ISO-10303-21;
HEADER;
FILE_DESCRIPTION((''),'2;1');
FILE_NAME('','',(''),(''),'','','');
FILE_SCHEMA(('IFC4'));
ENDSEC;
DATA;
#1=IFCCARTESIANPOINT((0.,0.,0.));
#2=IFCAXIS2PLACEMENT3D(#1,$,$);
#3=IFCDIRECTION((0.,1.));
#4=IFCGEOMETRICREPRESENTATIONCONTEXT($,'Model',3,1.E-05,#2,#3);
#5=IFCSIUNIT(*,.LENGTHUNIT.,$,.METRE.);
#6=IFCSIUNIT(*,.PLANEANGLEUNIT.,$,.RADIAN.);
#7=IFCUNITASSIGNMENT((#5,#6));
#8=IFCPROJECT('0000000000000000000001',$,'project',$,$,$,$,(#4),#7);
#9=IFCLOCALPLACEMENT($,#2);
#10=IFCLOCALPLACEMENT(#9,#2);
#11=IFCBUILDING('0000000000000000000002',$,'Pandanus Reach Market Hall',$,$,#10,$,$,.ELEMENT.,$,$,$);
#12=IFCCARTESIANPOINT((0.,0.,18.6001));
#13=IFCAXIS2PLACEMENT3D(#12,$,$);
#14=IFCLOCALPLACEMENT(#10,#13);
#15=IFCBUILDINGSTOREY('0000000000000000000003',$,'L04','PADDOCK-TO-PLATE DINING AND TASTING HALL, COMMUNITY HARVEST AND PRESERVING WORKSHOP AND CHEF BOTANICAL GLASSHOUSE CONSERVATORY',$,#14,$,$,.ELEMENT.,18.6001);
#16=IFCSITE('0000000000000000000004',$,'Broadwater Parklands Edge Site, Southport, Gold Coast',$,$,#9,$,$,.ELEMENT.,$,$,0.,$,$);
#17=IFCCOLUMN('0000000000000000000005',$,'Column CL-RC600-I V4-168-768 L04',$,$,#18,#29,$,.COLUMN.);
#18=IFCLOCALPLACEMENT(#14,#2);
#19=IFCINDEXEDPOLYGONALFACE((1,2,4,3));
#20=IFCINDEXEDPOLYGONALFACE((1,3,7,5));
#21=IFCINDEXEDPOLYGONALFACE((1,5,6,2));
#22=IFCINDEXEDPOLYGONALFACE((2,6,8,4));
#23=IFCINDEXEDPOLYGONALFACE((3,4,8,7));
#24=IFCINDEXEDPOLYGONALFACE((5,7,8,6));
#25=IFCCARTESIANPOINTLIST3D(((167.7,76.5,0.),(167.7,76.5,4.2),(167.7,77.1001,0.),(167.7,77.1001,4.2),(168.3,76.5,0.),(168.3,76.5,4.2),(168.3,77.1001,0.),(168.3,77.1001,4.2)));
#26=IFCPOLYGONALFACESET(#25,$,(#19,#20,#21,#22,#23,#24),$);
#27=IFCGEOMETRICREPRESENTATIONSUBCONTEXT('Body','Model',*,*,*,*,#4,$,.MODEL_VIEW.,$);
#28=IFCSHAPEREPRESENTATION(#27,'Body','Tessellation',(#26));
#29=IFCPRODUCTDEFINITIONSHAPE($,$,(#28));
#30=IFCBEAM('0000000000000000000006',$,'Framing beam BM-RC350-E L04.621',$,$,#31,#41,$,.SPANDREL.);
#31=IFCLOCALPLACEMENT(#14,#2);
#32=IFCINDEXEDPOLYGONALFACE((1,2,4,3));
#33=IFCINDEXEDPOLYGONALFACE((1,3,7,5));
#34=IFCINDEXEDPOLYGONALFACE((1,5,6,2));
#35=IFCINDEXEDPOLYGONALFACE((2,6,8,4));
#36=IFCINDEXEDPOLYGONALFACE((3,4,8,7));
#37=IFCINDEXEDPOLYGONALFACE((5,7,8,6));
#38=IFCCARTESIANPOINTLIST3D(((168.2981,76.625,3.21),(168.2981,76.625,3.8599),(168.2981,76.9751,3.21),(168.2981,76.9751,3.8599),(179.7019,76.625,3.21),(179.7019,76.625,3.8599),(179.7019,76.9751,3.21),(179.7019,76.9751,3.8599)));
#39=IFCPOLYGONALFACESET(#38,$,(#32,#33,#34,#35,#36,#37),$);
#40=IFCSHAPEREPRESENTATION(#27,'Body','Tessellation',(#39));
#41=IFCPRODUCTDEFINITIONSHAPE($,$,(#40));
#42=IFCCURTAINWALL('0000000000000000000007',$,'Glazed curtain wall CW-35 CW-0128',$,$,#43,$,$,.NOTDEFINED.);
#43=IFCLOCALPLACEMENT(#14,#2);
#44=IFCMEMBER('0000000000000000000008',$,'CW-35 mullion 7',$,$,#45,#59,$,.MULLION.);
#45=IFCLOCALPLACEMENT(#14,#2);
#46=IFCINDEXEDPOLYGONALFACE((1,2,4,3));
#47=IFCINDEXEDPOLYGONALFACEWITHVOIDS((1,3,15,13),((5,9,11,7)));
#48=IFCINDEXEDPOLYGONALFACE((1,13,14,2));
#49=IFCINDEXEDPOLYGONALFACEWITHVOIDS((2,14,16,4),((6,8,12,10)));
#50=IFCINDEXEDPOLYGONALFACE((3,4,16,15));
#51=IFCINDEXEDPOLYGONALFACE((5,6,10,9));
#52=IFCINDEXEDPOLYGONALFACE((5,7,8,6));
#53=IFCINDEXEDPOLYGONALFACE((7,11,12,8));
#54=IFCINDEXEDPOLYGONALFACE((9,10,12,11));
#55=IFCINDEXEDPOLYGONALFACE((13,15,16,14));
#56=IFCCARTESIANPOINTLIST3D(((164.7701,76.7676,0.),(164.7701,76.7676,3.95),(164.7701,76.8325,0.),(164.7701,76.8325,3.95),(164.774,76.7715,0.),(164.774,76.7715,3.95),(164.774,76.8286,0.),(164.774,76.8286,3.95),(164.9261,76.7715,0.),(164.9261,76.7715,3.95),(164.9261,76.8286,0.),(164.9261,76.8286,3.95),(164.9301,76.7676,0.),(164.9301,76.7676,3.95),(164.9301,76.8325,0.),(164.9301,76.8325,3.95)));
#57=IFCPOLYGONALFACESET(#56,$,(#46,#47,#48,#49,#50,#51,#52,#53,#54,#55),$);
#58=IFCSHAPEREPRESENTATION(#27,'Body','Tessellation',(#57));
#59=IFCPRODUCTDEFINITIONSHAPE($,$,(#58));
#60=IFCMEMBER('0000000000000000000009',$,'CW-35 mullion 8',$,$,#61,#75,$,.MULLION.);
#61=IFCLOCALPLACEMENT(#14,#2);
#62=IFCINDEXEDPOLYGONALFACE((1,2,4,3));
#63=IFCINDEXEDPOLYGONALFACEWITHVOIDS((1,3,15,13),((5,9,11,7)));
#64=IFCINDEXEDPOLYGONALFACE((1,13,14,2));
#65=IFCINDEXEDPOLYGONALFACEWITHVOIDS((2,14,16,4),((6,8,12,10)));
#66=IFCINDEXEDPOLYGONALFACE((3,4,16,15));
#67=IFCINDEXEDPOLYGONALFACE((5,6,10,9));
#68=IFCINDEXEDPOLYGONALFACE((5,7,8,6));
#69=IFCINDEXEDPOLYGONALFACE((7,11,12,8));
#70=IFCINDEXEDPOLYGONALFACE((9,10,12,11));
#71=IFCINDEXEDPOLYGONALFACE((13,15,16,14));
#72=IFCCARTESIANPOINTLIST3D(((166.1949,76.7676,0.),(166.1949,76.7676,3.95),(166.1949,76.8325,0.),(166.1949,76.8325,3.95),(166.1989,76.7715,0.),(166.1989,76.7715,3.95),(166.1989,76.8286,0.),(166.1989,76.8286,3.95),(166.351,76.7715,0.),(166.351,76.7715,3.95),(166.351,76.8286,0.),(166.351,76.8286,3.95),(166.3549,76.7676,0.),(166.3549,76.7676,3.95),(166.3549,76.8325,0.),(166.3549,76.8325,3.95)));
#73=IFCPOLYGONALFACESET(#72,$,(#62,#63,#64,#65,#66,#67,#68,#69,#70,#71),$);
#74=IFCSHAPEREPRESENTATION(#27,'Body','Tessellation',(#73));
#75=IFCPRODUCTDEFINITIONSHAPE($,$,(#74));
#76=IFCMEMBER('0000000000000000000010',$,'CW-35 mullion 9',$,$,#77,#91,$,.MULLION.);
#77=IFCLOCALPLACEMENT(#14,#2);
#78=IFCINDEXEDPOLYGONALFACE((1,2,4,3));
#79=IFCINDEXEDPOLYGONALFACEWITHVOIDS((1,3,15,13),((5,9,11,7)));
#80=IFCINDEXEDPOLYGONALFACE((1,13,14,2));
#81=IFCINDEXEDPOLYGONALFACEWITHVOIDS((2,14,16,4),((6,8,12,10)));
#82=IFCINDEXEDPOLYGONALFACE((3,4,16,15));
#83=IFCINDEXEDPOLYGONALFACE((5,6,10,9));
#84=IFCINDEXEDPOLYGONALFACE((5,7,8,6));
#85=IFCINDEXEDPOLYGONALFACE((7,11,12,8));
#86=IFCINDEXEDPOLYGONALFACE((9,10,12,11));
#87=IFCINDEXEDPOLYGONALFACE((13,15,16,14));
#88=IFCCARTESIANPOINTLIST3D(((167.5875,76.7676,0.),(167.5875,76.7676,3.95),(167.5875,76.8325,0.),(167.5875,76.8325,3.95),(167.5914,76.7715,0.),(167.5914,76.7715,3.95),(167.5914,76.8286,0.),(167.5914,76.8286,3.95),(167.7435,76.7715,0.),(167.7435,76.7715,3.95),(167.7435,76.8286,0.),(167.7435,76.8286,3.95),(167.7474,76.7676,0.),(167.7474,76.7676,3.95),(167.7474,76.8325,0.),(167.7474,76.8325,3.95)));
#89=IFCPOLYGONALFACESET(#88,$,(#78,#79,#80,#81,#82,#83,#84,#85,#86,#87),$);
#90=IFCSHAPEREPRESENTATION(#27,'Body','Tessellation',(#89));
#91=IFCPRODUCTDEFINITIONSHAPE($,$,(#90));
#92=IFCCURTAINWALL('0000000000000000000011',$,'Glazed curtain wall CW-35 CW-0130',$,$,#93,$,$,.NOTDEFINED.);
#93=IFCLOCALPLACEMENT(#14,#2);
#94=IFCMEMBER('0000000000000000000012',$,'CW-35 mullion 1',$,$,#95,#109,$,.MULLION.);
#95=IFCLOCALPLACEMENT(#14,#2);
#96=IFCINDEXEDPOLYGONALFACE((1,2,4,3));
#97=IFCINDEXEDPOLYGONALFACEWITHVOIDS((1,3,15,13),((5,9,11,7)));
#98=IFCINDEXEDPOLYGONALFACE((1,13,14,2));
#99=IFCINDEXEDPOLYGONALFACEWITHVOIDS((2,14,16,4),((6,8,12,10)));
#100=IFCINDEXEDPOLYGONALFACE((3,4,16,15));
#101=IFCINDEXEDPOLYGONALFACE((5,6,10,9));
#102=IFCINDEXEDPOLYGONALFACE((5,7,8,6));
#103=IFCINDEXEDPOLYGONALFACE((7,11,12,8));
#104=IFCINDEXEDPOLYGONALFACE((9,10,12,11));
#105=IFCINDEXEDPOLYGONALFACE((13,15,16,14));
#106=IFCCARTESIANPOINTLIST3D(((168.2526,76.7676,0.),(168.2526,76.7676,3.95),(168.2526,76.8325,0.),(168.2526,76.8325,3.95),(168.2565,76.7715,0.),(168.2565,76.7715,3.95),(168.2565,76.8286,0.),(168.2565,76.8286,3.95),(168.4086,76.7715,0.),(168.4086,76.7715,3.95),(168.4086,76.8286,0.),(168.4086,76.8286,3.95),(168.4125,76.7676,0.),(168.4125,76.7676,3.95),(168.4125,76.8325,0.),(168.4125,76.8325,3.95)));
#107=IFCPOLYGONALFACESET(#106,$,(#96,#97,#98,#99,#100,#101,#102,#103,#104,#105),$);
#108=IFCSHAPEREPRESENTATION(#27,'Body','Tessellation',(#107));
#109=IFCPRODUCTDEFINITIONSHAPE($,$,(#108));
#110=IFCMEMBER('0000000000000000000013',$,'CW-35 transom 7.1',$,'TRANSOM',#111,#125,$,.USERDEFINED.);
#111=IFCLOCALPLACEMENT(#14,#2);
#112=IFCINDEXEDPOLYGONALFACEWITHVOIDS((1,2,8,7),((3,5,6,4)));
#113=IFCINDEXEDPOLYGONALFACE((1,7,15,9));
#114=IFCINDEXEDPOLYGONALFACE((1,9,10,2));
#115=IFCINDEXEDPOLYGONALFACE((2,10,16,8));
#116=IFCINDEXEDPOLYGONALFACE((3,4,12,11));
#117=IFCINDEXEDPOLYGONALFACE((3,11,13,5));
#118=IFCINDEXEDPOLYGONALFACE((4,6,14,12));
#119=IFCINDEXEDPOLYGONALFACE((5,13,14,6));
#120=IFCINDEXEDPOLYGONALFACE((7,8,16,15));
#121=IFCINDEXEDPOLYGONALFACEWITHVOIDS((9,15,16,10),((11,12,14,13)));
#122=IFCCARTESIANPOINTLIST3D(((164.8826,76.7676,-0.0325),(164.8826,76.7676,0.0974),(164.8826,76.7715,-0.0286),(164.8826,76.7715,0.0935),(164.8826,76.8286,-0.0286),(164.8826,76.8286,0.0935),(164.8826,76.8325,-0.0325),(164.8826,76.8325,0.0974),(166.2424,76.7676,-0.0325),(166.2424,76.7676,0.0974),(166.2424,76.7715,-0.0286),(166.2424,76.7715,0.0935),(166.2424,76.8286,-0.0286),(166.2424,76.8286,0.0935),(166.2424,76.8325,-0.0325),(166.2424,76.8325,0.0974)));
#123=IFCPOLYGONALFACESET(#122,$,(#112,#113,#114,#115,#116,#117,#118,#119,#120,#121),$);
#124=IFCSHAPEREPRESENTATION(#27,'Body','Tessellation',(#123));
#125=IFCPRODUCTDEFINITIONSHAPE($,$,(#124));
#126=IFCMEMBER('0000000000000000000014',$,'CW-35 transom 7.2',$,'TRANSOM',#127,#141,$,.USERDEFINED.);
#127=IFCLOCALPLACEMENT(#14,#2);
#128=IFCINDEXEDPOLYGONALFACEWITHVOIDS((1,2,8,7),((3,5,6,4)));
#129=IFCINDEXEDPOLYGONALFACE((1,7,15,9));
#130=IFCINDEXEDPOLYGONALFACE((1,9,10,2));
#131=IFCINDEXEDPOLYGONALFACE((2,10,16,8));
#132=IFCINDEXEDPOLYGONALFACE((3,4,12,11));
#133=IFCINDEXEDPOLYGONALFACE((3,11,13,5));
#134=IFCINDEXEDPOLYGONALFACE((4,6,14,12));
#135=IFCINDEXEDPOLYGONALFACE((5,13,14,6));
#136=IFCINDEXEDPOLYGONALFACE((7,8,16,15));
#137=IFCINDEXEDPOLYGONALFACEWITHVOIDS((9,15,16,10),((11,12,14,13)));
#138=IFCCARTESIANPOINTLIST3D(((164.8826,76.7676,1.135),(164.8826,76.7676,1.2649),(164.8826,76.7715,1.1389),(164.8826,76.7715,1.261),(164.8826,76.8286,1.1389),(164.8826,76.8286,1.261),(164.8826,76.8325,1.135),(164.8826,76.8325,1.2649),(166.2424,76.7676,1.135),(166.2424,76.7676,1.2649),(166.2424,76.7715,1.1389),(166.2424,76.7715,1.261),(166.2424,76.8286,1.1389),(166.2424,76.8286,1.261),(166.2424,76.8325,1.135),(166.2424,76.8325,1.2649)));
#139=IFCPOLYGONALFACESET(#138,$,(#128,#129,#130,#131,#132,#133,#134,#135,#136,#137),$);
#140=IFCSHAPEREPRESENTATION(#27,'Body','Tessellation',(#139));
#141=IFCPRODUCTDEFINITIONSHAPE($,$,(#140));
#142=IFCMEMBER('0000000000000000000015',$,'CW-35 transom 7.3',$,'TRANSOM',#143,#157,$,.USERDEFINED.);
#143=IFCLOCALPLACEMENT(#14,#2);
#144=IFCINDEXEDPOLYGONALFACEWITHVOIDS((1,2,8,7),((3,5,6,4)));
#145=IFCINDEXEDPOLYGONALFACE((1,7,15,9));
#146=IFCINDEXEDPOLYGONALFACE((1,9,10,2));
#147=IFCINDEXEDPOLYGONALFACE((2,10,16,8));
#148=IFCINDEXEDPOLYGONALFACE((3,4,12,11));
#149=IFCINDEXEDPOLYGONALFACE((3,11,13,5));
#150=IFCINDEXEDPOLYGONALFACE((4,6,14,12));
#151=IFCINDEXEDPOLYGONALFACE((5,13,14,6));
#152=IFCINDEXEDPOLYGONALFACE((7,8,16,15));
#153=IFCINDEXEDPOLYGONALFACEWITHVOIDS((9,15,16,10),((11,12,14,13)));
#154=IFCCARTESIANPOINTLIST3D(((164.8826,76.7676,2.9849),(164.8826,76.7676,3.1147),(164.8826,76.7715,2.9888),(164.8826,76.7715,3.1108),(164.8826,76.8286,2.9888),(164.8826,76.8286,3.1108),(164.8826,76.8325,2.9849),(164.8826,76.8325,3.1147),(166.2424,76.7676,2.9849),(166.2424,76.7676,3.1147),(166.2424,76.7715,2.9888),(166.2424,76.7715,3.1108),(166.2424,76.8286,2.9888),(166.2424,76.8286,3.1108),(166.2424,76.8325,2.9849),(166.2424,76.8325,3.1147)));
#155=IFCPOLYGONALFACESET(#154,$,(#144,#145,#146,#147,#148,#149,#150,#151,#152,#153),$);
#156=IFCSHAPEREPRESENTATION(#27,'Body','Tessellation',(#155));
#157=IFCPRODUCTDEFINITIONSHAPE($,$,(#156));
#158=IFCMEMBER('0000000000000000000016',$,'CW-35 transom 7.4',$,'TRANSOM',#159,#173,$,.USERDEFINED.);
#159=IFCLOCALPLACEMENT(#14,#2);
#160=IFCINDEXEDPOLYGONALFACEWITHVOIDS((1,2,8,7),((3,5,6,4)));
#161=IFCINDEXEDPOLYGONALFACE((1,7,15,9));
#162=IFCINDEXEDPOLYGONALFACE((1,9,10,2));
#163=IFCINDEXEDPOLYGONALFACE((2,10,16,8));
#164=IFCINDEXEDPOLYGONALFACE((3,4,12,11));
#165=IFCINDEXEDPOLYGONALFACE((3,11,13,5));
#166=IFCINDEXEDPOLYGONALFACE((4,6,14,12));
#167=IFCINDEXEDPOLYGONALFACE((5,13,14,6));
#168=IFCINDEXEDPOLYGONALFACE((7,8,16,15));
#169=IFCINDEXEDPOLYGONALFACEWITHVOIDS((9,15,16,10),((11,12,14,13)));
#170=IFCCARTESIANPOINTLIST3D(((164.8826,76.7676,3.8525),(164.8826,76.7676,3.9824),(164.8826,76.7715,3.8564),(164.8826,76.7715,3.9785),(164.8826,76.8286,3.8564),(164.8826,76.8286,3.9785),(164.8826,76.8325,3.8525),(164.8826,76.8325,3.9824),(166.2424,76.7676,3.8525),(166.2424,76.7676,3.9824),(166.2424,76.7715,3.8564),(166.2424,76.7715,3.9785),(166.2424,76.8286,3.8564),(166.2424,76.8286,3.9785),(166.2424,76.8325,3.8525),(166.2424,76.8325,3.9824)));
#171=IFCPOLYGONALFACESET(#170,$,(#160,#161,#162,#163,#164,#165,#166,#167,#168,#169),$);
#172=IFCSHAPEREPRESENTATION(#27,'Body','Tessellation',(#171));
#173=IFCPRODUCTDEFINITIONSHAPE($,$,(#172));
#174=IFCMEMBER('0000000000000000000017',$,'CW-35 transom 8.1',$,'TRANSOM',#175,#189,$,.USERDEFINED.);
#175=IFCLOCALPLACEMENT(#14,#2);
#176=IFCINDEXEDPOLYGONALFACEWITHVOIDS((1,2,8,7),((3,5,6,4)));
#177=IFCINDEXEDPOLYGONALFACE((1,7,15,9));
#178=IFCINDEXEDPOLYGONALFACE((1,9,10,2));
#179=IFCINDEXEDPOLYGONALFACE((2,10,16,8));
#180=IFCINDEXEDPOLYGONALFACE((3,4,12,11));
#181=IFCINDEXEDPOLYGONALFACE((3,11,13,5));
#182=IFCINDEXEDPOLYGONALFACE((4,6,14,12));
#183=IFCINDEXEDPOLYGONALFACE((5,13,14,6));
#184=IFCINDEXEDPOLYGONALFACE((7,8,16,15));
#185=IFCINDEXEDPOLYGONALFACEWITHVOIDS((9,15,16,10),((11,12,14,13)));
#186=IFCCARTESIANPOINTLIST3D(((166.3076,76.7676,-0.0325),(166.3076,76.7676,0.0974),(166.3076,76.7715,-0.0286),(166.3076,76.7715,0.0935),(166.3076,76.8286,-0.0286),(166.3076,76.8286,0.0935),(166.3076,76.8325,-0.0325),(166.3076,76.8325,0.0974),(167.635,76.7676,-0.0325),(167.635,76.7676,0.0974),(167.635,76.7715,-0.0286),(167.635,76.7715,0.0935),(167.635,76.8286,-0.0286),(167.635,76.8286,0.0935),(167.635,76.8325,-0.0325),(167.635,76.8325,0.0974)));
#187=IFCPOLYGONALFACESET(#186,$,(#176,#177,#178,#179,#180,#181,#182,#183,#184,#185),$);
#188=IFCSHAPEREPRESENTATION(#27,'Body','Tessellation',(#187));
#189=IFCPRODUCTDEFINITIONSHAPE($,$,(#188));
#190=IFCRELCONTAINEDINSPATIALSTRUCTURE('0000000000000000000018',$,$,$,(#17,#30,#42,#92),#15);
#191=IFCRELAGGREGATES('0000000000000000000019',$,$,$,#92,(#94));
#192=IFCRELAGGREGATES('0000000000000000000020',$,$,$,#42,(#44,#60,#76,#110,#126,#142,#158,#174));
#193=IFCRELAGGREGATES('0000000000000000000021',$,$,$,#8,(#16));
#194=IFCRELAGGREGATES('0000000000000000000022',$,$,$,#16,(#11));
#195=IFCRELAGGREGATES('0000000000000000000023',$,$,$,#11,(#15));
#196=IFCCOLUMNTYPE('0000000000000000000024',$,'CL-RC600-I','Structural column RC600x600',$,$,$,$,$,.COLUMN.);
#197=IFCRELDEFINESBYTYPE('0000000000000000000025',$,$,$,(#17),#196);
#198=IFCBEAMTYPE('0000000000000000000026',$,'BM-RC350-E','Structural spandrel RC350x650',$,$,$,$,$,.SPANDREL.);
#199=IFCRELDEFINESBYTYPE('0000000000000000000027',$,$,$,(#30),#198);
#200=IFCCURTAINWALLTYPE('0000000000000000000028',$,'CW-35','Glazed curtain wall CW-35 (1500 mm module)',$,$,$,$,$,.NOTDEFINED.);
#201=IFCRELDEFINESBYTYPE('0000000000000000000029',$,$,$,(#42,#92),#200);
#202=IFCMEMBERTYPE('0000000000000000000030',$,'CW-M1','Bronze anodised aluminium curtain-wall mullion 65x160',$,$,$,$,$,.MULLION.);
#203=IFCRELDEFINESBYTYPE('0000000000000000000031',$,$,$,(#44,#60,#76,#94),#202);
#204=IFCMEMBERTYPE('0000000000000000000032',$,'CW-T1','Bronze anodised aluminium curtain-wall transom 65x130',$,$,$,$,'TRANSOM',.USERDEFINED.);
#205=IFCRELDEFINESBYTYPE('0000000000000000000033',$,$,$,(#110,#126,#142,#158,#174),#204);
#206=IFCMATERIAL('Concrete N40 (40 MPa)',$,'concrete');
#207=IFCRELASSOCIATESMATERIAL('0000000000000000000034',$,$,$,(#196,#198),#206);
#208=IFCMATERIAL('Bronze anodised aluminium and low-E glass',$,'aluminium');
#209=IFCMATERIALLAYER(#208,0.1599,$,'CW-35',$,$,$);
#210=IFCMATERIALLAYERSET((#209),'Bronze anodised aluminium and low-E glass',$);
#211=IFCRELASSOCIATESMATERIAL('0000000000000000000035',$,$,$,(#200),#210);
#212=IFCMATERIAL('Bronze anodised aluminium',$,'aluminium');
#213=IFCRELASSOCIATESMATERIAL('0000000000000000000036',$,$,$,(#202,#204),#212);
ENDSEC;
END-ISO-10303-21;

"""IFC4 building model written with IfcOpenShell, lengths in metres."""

from ifc_helpers import new_model, si_unit, direction, frame, origin, origin_2d, place, context, subcontext, project, spatial, rectangle, hollow_rectangle, extrude, material, layer, layer_set, material_profile, profile_set, type_object, element, aggregate, save


model = new_model("IFC4")

# Units and contexts
model_context = context("Model", 3, precision=1e-05, world=origin(), true_north=direction((0.0, 1.0)))
body_context = subcontext(model_context, "Body", "Model", "MODEL_VIEW")
ifc_project = project(units=[si_unit("LENGTHUNIT", "METRE"), si_unit("PLANEANGLEUNIT", "RADIAN")], contexts=[model_context])

# Site, building, storey
site_placement = place(None, origin())
site = spatial("IfcSite", under=ifc_project, at=site_placement, Name="Broadwater Parklands Edge Site, Southport, Gold Coast", CompositionType="ELEMENT", RefElevation=0.0)
building_placement = place(site_placement, origin())
building = spatial("IfcBuilding", under=site, at=building_placement, Name="Pandanus Reach Market Hall", CompositionType="ELEMENT")
storey_placement = place(building_placement, frame((0.0, 0.0, 18.6001)))
storey = spatial("IfcBuildingStorey", under=building, at=storey_placement, Name="L04", Description="PADDOCK-TO-PLATE DINING AND TASTING HALL, COMMUNITY HARVEST AND PRESERVING WORKSHOP AND CHEF BOTANICAL GLASSHOUSE CONSERVATORY", CompositionType="ELEMENT", Elevation=18.6001)

# Column
ifc_material_1 = material(Name="Concrete N40 (40 MPa)", Category="concrete")
ifc_material_profile_1 = material_profile(ifc_material_1, rectangle(XDim=0.6001, YDim=0.6001, at=origin_2d()), Name="RC600x600", Category="LoadBearing")
ifc_profile_set_1 = profile_set([ifc_material_profile_1], Name="Concrete N40 (40 MPa)")
column_type = type_object("IfcColumnType", Name="CL-RC600-I", Description="Structural column RC600x600", PredefinedType="COLUMN", material=ifc_profile_set_1)
column_placement = place(storey_placement, frame((168.0, 76.8, 0.0), z_axis=(0.0, 0.0, 1.0), x_axis=(1.0, 0.0, 0.0)))
element("IfcColumn", 1, at=column_placement, inside=storey, type_object=column_type, Name="Column CL-RC600-I V4-168-768 L04", PredefinedType="COLUMN", context=body_context, shape_type="SweptSolid", body=[
    extrude(rectangle(XDim=0.6001, YDim=0.6001, at=origin_2d()), origin(), (0.0, 0.0, 1.0), 4.2),
])

# Beam
ifc_material_profile_2 = material_profile(ifc_material_1, rectangle(XDim=0.3501, YDim=0.6499, at=origin_2d()), Name="RC350x650", Category="LoadBearing")
ifc_profile_set_2 = profile_set([ifc_material_profile_2], Name="Concrete N40 (40 MPa)")
beam_type = type_object("IfcBeamType", Name="BM-RC350-E", Description="Structural spandrel RC350x650", PredefinedType="SPANDREL", material=ifc_profile_set_2)
beam_placement = place(storey_placement, frame((168.2981, 76.8, 3.5349), z_axis=(1.0, 0.0, 0.0), x_axis=(0.0, 1.0, 0.0)))
element("IfcBeam", 2, at=beam_placement, inside=storey, type_object=beam_type, Name="Framing beam BM-RC350-E L04.621", PredefinedType="SPANDREL", context=body_context, shape_type="SweptSolid", body=[
    extrude(rectangle(XDim=0.3501, YDim=0.6499, at=origin_2d()), origin(), (0.0, 0.0, 1.0), 11.4038),
])

# Curtain wall, members
ifc_material_2 = material(Name="Bronze anodised aluminium and low-E glass", Category="aluminium")
ifc_layer_1 = layer(ifc_material_2, 0.1599, Name="CW-35")
ifc_layer_set_1 = layer_set([ifc_layer_1], Name="Bronze anodised aluminium and low-E glass")
curtain_wall_type = type_object("IfcCurtainWallType", Name="CW-35", Description="Glazed curtain wall CW-35 (1500 mm module)", PredefinedType="NOTDEFINED", material=ifc_layer_set_1)
curtain_wall_1_placement = place(storey_placement, origin())
curtain_wall_1 = element("IfcCurtainWall", 3, at=curtain_wall_1_placement, inside=storey, type_object=curtain_wall_type, Name="Glazed curtain wall CW-35 CW-0128", PredefinedType="NOTDEFINED")
ifc_material_3 = material(Name="Bronze anodised aluminium", Category="aluminium")
ifc_material_profile_3 = material_profile(ifc_material_3, hollow_rectangle(XDim=0.0649, YDim=0.1599, WallThickness=0.0039, at=origin_2d()), Name="ALU65x160", Category="LoadBearing")
ifc_profile_set_3 = profile_set([ifc_material_profile_3], Name="Bronze anodised aluminium")
member_type_1 = type_object("IfcMemberType", Name="CW-M1", Description="Bronze anodised aluminium curtain-wall mullion 65x160", PredefinedType="MULLION", material=ifc_profile_set_3)
member_1_placement = place(storey_placement, frame((164.8501, 76.8, 0.0), z_axis=(0.0, 0.0, 1.0), x_axis=(0.0, 1.0, 0.0)))
member_1 = element("IfcMember", 4, at=member_1_placement, type_object=member_type_1, Name="CW-35 mullion 7", PredefinedType="MULLION", context=body_context, shape_type="SweptSolid", body=[
    extrude(hollow_rectangle(XDim=0.0649, YDim=0.1599, WallThickness=0.0039, at=origin_2d()), origin(), (0.0, 0.0, 1.0), 3.95),
])
member_2_placement = place(storey_placement, frame((166.2749, 76.8, 0.0), z_axis=(0.0, 0.0, 1.0), x_axis=(0.0, 1.0, 0.0)))
member_2 = element("IfcMember", 5, at=member_2_placement, type_object=member_type_1, Name="CW-35 mullion 8", PredefinedType="MULLION", context=body_context, shape_type="SweptSolid", body=[
    extrude(hollow_rectangle(XDim=0.0649, YDim=0.1599, WallThickness=0.0039, at=origin_2d()), origin(), (0.0, 0.0, 1.0), 3.95),
])
member_3_placement = place(storey_placement, frame((167.6675, 76.8, 0.0), z_axis=(0.0, 0.0, 1.0), x_axis=(0.0, 1.0, 0.0)))
member_3 = element("IfcMember", 6, at=member_3_placement, type_object=member_type_1, Name="CW-35 mullion 9", PredefinedType="MULLION", context=body_context, shape_type="SweptSolid", body=[
    extrude(hollow_rectangle(XDim=0.0649, YDim=0.1599, WallThickness=0.0039, at=origin_2d()), origin(), (0.0, 0.0, 1.0), 3.95),
])

# Curtain wall, member
curtain_wall_2_placement = place(storey_placement, origin())
curtain_wall_2 = element("IfcCurtainWall", 7, at=curtain_wall_2_placement, inside=storey, type_object=curtain_wall_type, Name="Glazed curtain wall CW-35 CW-0130", PredefinedType="NOTDEFINED")
member_4_placement = place(storey_placement, frame((168.3325, 76.8, 0.0), z_axis=(0.0, 0.0, 1.0), x_axis=(0.0, 1.0, 0.0)))
member_4 = element("IfcMember", 8, at=member_4_placement, type_object=member_type_1, Name="CW-35 mullion 1", PredefinedType="MULLION", context=body_context, shape_type="SweptSolid", body=[
    extrude(hollow_rectangle(XDim=0.0649, YDim=0.1599, WallThickness=0.0039, at=origin_2d()), origin(), (0.0, 0.0, 1.0), 3.95),
])
aggregate(curtain_wall_2, [member_4])

# Members
ifc_material_profile_4 = material_profile(ifc_material_3, hollow_rectangle(XDim=0.0649, YDim=0.1299, WallThickness=0.0039, at=origin_2d()), Name="ALU65x130", Category="LoadBearing")
ifc_profile_set_4 = profile_set([ifc_material_profile_4], Name="Bronze anodised aluminium")
member_type_2 = type_object("IfcMemberType", Name="CW-T1", Description="Bronze anodised aluminium curtain-wall transom 65x130", ElementType="TRANSOM", PredefinedType="USERDEFINED", material=ifc_profile_set_4)
member_5_placement = place(storey_placement, frame((164.8826, 76.8, 0.0325), z_axis=(1.0, 0.0, 0.0), x_axis=(0.0, 1.0, 0.0)))
member_5 = element("IfcMember", 9, at=member_5_placement, type_object=member_type_2, Name="CW-35 transom 7.1", ObjectType="TRANSOM", PredefinedType="USERDEFINED", context=body_context, shape_type="SweptSolid", body=[
    extrude(hollow_rectangle(XDim=0.0649, YDim=0.1299, WallThickness=0.0039, at=origin_2d()), origin(), (0.0, 0.0, 1.0), 1.3599),
])
member_6_placement = place(storey_placement, frame((164.8826, 76.8, 1.2), z_axis=(1.0, 0.0, 0.0), x_axis=(0.0, 1.0, 0.0)))
member_6 = element("IfcMember", 10, at=member_6_placement, type_object=member_type_2, Name="CW-35 transom 7.2", ObjectType="TRANSOM", PredefinedType="USERDEFINED", context=body_context, shape_type="SweptSolid", body=[
    extrude(hollow_rectangle(XDim=0.0649, YDim=0.1299, WallThickness=0.0039, at=origin_2d()), origin(), (0.0, 0.0, 1.0), 1.3599),
])
member_7_placement = place(storey_placement, frame((164.8826, 76.8, 3.0498), z_axis=(1.0, 0.0, 0.0), x_axis=(0.0, 1.0, 0.0)))
member_7 = element("IfcMember", 11, at=member_7_placement, type_object=member_type_2, Name="CW-35 transom 7.3", ObjectType="TRANSOM", PredefinedType="USERDEFINED", context=body_context, shape_type="SweptSolid", body=[
    extrude(hollow_rectangle(XDim=0.0649, YDim=0.1299, WallThickness=0.0039, at=origin_2d()), origin(), (0.0, 0.0, 1.0), 1.3599),
])
member_8_placement = place(storey_placement, frame((164.8826, 76.8, 3.9175), z_axis=(1.0, 0.0, 0.0), x_axis=(0.0, 1.0, 0.0)))
member_8 = element("IfcMember", 12, at=member_8_placement, type_object=member_type_2, Name="CW-35 transom 7.4", ObjectType="TRANSOM", PredefinedType="USERDEFINED", context=body_context, shape_type="SweptSolid", body=[
    extrude(hollow_rectangle(XDim=0.0649, YDim=0.1299, WallThickness=0.0039, at=origin_2d()), origin(), (0.0, 0.0, 1.0), 1.3599),
])
member_9_placement = place(storey_placement, frame((166.3076, 76.8, 0.0325), z_axis=(1.0, 0.0, 0.0), x_axis=(0.0, 1.0, 0.0)))
member_9 = element("IfcMember", 13, at=member_9_placement, type_object=member_type_2, Name="CW-35 transom 8.1", ObjectType="TRANSOM", PredefinedType="USERDEFINED", context=body_context, shape_type="SweptSolid", body=[
    extrude(hollow_rectangle(XDim=0.0649, YDim=0.1299, WallThickness=0.0039, at=origin_2d()), origin(), (0.0, 0.0, 1.0), 1.3274),
])

aggregate(curtain_wall_1, [member_1, member_2, member_3, member_5, member_6, member_7, member_8, member_9])

save(model, "model.ifc")
